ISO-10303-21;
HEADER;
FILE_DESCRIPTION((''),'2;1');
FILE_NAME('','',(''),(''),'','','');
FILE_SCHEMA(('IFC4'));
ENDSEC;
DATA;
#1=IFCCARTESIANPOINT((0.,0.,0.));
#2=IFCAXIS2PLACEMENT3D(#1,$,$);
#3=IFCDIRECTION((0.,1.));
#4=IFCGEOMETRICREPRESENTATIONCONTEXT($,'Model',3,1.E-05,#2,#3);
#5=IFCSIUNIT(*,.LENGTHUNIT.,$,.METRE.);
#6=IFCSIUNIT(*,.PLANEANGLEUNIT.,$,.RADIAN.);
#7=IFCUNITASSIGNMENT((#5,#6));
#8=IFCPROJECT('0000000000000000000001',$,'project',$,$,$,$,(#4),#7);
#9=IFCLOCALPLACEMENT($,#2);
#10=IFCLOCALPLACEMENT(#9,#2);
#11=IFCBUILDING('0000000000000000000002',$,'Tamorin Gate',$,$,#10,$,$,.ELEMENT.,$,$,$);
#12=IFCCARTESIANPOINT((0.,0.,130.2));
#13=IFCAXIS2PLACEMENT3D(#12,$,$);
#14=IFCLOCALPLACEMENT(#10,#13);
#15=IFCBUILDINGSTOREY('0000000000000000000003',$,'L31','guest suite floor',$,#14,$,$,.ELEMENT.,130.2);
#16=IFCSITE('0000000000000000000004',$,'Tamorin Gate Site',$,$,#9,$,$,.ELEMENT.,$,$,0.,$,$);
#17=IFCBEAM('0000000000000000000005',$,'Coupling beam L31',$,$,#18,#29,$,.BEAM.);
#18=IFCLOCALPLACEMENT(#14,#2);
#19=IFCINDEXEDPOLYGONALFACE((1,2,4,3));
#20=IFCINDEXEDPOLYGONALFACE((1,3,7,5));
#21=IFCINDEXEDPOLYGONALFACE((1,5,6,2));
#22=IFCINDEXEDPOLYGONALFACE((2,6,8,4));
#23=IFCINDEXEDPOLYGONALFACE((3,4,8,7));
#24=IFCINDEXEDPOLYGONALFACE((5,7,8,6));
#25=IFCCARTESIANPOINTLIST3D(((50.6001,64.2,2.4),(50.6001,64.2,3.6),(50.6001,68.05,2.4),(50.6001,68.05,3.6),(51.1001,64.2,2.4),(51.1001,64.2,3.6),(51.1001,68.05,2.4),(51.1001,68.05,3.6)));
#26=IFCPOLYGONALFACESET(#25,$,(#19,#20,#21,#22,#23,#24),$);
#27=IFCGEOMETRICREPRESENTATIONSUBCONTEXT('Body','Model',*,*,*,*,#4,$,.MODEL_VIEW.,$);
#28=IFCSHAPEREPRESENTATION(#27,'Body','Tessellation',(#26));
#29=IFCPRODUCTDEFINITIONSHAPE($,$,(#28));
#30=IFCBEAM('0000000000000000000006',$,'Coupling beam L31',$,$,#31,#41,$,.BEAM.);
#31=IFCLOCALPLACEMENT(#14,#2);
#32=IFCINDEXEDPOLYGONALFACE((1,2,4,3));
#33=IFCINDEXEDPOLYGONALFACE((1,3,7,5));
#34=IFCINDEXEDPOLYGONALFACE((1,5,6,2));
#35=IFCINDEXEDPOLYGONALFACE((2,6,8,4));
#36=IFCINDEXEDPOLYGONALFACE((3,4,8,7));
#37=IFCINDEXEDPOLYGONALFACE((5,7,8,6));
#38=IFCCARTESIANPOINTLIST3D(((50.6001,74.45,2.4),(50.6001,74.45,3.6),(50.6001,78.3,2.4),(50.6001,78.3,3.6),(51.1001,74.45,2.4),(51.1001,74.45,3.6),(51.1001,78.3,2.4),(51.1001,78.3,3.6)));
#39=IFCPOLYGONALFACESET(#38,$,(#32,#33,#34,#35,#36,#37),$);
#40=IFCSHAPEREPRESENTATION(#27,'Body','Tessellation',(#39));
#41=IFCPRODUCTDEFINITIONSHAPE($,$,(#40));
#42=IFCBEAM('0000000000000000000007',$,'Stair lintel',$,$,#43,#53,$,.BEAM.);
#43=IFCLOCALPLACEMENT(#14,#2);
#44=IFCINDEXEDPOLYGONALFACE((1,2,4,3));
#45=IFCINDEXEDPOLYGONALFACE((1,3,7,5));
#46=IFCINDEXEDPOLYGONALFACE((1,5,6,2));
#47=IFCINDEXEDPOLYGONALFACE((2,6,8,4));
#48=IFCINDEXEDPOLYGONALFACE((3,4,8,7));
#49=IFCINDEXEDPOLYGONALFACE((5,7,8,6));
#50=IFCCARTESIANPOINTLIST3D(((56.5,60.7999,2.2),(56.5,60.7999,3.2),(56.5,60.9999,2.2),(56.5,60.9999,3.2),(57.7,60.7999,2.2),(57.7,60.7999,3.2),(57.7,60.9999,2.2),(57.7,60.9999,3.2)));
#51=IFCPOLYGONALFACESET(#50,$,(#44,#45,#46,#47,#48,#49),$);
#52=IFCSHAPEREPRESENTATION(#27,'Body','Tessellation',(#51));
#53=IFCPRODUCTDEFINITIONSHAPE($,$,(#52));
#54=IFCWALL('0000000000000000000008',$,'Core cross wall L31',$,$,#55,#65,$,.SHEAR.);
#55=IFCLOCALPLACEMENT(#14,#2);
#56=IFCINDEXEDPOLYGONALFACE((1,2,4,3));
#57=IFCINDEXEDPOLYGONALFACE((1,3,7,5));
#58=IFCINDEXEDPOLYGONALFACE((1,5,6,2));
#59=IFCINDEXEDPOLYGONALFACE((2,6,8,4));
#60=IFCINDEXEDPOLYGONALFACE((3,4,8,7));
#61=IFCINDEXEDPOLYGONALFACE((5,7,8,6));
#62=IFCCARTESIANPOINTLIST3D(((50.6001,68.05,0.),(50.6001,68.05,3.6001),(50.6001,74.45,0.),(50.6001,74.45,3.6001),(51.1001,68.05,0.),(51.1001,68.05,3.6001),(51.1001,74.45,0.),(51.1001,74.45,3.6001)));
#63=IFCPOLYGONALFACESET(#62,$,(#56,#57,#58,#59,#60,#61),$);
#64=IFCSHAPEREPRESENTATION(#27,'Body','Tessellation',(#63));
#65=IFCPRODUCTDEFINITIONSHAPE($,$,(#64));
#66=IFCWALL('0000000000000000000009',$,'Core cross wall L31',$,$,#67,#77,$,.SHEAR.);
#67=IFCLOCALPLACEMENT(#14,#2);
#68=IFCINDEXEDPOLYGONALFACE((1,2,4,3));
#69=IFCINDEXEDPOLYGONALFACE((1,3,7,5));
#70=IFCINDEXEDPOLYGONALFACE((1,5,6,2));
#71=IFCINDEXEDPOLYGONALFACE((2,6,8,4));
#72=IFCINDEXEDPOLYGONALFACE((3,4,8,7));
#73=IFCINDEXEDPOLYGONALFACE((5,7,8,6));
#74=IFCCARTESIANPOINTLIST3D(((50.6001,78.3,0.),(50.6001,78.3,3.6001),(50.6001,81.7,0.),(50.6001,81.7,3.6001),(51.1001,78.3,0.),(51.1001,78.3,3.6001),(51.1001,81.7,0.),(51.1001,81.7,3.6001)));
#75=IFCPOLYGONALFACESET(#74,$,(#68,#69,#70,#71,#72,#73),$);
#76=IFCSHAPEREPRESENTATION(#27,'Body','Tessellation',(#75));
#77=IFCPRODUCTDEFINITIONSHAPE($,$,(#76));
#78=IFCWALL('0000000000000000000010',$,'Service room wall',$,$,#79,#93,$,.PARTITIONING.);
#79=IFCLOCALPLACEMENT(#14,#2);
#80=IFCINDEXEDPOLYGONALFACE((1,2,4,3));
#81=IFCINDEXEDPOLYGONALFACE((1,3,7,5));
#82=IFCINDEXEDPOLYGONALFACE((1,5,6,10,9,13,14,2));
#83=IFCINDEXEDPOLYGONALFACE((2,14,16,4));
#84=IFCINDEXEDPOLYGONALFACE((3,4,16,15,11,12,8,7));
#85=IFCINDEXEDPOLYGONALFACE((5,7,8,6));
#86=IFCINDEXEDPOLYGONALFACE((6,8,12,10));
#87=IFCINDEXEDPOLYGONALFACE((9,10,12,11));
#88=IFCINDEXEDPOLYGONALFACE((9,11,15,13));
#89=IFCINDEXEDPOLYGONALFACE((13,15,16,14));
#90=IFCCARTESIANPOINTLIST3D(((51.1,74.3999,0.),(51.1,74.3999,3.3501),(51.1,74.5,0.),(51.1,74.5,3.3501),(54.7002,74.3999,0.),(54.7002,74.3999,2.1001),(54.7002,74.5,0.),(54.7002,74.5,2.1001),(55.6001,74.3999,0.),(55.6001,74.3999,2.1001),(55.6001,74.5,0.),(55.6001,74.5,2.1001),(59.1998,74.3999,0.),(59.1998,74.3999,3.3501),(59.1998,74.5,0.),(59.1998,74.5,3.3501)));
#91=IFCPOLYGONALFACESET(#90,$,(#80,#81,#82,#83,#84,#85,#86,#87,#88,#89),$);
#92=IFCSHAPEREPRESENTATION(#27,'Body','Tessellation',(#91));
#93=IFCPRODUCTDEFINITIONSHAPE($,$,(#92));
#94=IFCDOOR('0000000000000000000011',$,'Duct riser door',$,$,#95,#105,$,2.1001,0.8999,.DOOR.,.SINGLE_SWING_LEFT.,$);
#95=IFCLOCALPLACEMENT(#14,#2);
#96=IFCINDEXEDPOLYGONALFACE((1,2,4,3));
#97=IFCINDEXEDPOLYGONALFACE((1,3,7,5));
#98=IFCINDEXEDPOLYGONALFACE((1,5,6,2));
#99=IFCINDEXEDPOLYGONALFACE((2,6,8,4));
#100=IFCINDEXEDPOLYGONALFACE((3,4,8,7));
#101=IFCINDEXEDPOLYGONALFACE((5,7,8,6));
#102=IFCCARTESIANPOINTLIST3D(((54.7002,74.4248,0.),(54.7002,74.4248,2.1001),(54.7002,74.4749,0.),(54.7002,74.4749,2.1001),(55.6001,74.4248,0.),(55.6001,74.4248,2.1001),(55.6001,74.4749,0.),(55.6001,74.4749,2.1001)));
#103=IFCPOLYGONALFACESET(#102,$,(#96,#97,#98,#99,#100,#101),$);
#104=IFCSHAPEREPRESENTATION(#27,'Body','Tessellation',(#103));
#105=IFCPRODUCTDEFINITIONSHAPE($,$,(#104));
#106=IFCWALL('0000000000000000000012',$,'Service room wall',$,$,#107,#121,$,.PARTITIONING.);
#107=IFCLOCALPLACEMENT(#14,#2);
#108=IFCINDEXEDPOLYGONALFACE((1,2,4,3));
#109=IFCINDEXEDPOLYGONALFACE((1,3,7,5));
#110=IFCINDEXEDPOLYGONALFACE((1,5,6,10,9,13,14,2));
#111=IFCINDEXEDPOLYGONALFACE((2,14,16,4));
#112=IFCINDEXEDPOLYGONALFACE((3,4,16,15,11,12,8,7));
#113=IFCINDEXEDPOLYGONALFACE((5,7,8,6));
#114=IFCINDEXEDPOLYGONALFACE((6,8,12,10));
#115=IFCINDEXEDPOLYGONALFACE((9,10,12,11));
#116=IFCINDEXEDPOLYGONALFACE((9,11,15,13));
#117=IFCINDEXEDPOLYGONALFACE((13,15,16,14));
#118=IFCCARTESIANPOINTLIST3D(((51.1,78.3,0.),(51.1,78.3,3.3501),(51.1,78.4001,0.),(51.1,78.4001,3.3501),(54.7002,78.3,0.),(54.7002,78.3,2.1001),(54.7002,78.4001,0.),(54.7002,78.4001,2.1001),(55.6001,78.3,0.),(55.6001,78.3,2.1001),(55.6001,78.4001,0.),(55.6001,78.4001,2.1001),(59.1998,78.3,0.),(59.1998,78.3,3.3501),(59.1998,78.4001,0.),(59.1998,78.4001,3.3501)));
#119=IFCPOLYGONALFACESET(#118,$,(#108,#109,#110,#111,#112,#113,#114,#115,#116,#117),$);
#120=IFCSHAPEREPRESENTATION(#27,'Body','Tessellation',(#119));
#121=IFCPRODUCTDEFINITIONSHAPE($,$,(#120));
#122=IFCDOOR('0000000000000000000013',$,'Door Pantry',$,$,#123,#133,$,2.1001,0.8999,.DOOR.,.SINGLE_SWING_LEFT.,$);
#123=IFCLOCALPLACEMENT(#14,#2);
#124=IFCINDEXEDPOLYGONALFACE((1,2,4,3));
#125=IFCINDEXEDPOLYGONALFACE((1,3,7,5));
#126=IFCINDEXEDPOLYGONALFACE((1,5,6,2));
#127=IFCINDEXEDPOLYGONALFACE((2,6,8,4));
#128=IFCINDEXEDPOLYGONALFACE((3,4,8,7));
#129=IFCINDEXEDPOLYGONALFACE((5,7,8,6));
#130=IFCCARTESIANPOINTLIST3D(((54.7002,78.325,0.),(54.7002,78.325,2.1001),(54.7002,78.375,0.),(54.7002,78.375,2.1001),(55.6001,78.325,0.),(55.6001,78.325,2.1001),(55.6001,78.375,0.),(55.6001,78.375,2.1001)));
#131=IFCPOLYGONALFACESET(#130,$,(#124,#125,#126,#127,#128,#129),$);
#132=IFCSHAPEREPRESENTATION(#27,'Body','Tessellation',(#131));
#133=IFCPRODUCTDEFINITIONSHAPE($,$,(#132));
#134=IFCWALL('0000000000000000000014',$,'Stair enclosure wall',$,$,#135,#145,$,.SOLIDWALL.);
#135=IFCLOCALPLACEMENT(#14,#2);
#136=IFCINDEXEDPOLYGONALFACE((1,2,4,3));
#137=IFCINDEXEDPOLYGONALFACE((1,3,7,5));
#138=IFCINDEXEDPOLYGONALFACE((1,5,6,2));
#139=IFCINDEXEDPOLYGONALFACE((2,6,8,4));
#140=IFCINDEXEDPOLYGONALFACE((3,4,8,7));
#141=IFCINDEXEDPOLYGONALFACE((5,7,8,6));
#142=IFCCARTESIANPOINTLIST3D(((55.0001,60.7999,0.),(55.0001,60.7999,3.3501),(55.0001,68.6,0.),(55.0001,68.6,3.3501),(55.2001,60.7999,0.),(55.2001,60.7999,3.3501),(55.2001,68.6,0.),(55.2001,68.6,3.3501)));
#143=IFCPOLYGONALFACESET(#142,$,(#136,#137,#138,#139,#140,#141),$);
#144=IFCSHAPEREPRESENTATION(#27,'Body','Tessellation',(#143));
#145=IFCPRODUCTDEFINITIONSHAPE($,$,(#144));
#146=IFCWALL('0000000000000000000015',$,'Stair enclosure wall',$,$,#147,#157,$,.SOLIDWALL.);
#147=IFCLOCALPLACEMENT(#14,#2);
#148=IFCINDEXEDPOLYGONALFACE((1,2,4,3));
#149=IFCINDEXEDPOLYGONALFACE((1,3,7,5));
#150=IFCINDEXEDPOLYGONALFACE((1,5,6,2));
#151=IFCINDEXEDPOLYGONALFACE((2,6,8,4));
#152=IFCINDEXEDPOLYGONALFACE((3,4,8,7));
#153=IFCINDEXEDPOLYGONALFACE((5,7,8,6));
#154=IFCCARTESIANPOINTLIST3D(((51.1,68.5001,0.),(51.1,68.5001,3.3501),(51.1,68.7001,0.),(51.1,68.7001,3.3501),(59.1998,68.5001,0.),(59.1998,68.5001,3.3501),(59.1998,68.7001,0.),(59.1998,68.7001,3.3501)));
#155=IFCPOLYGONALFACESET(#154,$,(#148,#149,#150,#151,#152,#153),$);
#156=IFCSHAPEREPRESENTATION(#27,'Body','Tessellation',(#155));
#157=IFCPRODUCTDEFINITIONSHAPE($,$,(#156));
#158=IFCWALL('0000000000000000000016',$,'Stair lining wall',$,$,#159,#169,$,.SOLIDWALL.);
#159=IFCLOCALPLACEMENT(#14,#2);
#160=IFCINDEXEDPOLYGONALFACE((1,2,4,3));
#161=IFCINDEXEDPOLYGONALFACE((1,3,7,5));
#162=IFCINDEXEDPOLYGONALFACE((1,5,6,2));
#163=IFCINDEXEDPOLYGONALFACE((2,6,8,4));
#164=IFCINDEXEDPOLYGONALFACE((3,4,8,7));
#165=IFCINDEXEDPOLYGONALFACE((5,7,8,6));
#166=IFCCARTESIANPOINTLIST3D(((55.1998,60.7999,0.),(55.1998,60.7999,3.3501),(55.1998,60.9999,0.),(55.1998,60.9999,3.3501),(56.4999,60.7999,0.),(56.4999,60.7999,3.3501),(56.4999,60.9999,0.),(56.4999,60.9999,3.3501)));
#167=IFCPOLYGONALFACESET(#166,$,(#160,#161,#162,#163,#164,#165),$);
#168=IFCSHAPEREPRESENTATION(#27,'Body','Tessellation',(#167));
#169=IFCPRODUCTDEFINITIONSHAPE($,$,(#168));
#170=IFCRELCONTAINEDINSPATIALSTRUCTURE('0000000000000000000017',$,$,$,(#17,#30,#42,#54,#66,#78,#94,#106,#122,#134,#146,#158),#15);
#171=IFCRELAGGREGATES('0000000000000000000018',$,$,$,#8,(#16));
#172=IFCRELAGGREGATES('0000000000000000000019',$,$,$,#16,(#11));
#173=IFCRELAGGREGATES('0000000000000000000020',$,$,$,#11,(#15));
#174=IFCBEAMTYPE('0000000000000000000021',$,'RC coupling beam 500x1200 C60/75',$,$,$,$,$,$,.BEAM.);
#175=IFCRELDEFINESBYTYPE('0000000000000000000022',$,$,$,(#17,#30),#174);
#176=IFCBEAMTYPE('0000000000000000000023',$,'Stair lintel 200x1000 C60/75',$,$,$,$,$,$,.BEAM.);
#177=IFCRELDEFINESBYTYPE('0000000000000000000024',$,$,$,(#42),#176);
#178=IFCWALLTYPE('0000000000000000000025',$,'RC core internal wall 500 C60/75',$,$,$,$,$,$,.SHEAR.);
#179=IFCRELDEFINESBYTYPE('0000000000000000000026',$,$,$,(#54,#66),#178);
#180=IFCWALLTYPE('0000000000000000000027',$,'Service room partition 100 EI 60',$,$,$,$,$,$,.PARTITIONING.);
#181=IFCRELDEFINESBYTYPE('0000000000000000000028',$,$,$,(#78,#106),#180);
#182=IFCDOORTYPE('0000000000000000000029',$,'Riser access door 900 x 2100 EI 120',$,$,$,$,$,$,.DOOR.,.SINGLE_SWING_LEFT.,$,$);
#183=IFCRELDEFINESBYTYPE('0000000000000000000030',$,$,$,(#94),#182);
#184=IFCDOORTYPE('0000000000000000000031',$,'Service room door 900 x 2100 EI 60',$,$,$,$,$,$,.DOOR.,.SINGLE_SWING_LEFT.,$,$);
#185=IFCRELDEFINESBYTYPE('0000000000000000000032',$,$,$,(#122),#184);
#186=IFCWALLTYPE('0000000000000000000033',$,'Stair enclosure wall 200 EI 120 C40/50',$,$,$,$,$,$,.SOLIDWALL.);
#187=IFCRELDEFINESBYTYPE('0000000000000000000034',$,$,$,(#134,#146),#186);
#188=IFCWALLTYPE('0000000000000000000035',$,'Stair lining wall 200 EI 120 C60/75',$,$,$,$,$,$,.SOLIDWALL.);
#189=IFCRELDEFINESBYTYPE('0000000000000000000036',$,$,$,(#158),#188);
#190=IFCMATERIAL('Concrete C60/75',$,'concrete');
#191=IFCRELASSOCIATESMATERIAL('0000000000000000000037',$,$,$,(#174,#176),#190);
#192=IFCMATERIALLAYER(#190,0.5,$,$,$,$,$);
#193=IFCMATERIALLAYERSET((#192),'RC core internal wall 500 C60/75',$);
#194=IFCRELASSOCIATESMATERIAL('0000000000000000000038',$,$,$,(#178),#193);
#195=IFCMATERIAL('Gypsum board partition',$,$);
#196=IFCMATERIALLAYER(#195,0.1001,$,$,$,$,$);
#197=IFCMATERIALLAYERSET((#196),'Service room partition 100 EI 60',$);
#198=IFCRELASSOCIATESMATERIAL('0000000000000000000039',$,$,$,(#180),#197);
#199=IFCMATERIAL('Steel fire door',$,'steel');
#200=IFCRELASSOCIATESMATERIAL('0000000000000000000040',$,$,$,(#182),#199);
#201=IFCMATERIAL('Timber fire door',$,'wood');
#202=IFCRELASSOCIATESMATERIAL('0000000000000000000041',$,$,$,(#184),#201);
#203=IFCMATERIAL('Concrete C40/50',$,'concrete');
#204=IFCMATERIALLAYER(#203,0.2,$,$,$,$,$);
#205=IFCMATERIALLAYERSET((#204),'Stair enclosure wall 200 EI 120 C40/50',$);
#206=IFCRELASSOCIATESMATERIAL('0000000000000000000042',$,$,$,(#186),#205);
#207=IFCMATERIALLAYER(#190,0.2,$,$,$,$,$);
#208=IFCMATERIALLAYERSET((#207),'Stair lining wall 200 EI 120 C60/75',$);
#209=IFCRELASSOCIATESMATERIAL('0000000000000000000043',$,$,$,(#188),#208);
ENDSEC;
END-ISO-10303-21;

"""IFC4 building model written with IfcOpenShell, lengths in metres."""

from ifc_helpers import new_model, si_unit, direction, frame, frame_2d, origin, origin_2d, place, context, subcontext, project, spatial, rectangle, extrude, material, layer, layer_set, material_profile, profile_set, type_object, element, fill, save


model = new_model("IFC4")

# Units and contexts
model_context = context("Model", 3, precision=1e-05, world=origin(), true_north=direction((0.0, 1.0)))
body_context = subcontext(model_context, "Body", "Model", "MODEL_VIEW")
ifc_project = project(units=[si_unit("LENGTHUNIT", "METRE"), si_unit("PLANEANGLEUNIT", "RADIAN")], contexts=[model_context])

# Site, building, storey
site_placement = place(None, origin())
site = spatial("IfcSite", under=ifc_project, at=site_placement, Name="Tamorin Gate Site", CompositionType="ELEMENT", RefElevation=0.0)
building_placement = place(site_placement, origin())
building = spatial("IfcBuilding", under=site, at=building_placement, Name="Tamorin Gate", CompositionType="ELEMENT")
storey_placement = place(building_placement, frame((0.0, 0.0, 130.2)))
storey = spatial("IfcBuildingStorey", under=building, at=storey_placement, Name="L31", Description="guest suite floor", CompositionType="ELEMENT", Elevation=130.2)

# Beams
ifc_material_1 = material(Name="Concrete C60/75", Category="concrete")
ifc_material_profile_1 = material_profile(ifc_material_1, rectangle(XDim=0.5, YDim=1.2, at=origin_2d()), Name="RC 500x1200")
ifc_profile_set_1 = profile_set([ifc_material_profile_1], Name="Concrete C60/75")
beam_type_1 = type_object("IfcBeamType", Name="RC coupling beam 500x1200 C60/75", PredefinedType="BEAM", material=ifc_profile_set_1)
for number, where, z_axis, x_axis, name in (
    (1, (50.8501, 64.2, 3.0), (0.0, 1.0, 0.0), (-1.0, 0.0, 0.0), "Coupling beam L31"),
    (2, (50.8501, 74.45, 3.0), (0.0, 1.0, 0.0), (-1.0, 0.0, 0.0), "Coupling beam L31"),
):
    element("IfcBeam", number, at=place(storey_placement, frame(where, z_axis=z_axis, x_axis=x_axis)), inside=storey, type_object=beam_type_1, Name=name, PredefinedType="BEAM", context=body_context, shape_type="SweptSolid", body=[
        extrude(rectangle(XDim=0.5, YDim=1.2, at=origin_2d()), origin(), (0.0, 0.0, 1.0), 3.8501),
    ])
ifc_material_profile_2 = material_profile(ifc_material_1, rectangle(XDim=0.2, YDim=1.0, at=origin_2d()))
ifc_profile_set_2 = profile_set([ifc_material_profile_2], Name="Concrete C60/75")
beam_type_2 = type_object("IfcBeamType", Name="Stair lintel 200x1000 C60/75", PredefinedType="BEAM", material=ifc_profile_set_2)
beam_placement = place(storey_placement, frame((56.5, 60.8999, 2.7), z_axis=(1.0, 0.0, 0.0), x_axis=(0.0, 1.0, 0.0)))
element("IfcBeam", 3, at=beam_placement, inside=storey, type_object=beam_type_2, Name="Stair lintel", PredefinedType="BEAM", context=body_context, shape_type="SweptSolid", body=[
    extrude(rectangle(XDim=0.2, YDim=1.0, at=origin_2d()), origin(), (0.0, 0.0, 1.0), 1.2),
])

# Walls
ifc_layer_1 = layer(ifc_material_1, 0.5)
ifc_layer_set_1 = layer_set([ifc_layer_1], Name="RC core internal wall 500 C60/75")
wall_type_1 = type_object("IfcWallType", Name="RC core internal wall 500 C60/75", PredefinedType="SHEAR", material=ifc_layer_set_1)
wall_1_placement = place(storey_placement, frame((50.8501, 68.05, 0.0), z_axis=(0.0, 0.0, 1.0), x_axis=(0.0, 1.0, 0.0)))
element("IfcWall", 4, at=wall_1_placement, inside=storey, type_object=wall_type_1, Name="Core cross wall L31", PredefinedType="SHEAR", context=body_context, shape_type="SweptSolid", body=[
    extrude(rectangle(XDim=6.3999, YDim=0.5, at=frame_2d((3.2, 0.0))), origin(), (0.0, 0.0, 1.0), 3.6001),
])
wall_2_placement = place(storey_placement, frame((50.8501, 78.3, 0.0), z_axis=(0.0, 0.0, 1.0), x_axis=(0.0, 1.0, 0.0)))
element("IfcWall", 5, at=wall_2_placement, inside=storey, type_object=wall_type_1, Name="Core cross wall L31", PredefinedType="SHEAR", context=body_context, shape_type="SweptSolid", body=[
    extrude(rectangle(XDim=3.3999, YDim=0.5, at=frame_2d((1.7, 0.0))), origin(), (0.0, 0.0, 1.0), 3.6001),
])

# Walls, openings, doors
ifc_material_2 = material(Name="Gypsum board partition")
ifc_layer_2 = layer(ifc_material_2, 0.1001)
ifc_layer_set_2 = layer_set([ifc_layer_2], Name="Service room partition 100 EI 60")
wall_type_2 = type_object("IfcWallType", Name="Service room partition 100 EI 60", PredefinedType="PARTITIONING", material=ifc_layer_set_2)
wall_3_placement = place(storey_placement, frame((51.1001, 74.45, 0.0), z_axis=(0.0, 0.0, 1.0), x_axis=(1.0, 0.0, 0.0)))
wall_3 = element("IfcWall", 6, at=wall_3_placement, inside=storey, type_object=wall_type_2, Name="Service room wall", PredefinedType="PARTITIONING", context=body_context, shape_type="SweptSolid", body=[
    extrude(rectangle(XDim=8.0999, YDim=0.1001, at=frame_2d((4.0498, 0.0))), origin(), (0.0, 0.0, 1.0), 3.3501),
])
opening_1_placement = place(wall_3_placement, frame((3.6001, 0.0, 0.0)))
opening_1 = element("IfcOpeningElement", 7, at=opening_1_placement, cuts=wall_3, PredefinedType="OPENING", context=body_context, shape_type="SweptSolid", body=[
    extrude(rectangle(XDim=0.8999, YDim=2.1001, at=frame_2d((0.45, 1.05))), frame((0.0, 0.0601, 0.0), z_axis=(0.0, -1.0, 0.0), x_axis=(1.0, 0.0, 0.0)), (0.0, 0.0, 1.0), 0.1201),
])
ifc_material_3 = material(Name="Steel fire door", Category="steel")
door_type_1 = type_object("IfcDoorType", Name="Riser access door 900 x 2100 EI 120", OperationType="SINGLE_SWING_LEFT", PredefinedType="DOOR", material=ifc_material_3)
door_1_placement = place(opening_1_placement, origin())
door_1 = element("IfcDoor", 8, at=door_1_placement, inside=storey, type_object=door_type_1, Name="Duct riser door", OperationType="SINGLE_SWING_LEFT", OverallHeight=2.1001, OverallWidth=0.8999, PredefinedType="DOOR", context=body_context, shape_type="SweptSolid", body=[
    extrude(rectangle(XDim=0.8999, YDim=2.1001, at=frame_2d((0.45, 1.05))), frame((0.0, 0.0249, 0.0), z_axis=(0.0, -1.0, 0.0), x_axis=(1.0, 0.0, 0.0)), (0.0, 0.0, 1.0), 0.05),
])
fill(opening_1, door_1)
wall_4_placement = place(storey_placement, frame((51.1001, 78.3501, 0.0), z_axis=(0.0, 0.0, 1.0), x_axis=(1.0, 0.0, 0.0)))
wall_4 = element("IfcWall", 9, at=wall_4_placement, inside=storey, type_object=wall_type_2, Name="Service room wall", PredefinedType="PARTITIONING", context=body_context, shape_type="SweptSolid", body=[
    extrude(rectangle(XDim=8.0999, YDim=0.1001, at=frame_2d((4.0498, 0.0))), origin(), (0.0, 0.0, 1.0), 3.3501),
])
opening_2_placement = place(wall_4_placement, frame((3.6001, 0.0, 0.0)))
opening_2 = element("IfcOpeningElement", 10, at=opening_2_placement, cuts=wall_4, PredefinedType="OPENING", context=body_context, shape_type="SweptSolid", body=[
    extrude(rectangle(XDim=0.8999, YDim=2.1001, at=frame_2d((0.45, 1.05))), frame((0.0, 0.0601, 0.0), z_axis=(0.0, -1.0, 0.0), x_axis=(1.0, 0.0, 0.0)), (0.0, 0.0, 1.0), 0.1201),
])
ifc_material_4 = material(Name="Timber fire door", Category="wood")
door_type_2 = type_object("IfcDoorType", Name="Service room door 900 x 2100 EI 60", OperationType="SINGLE_SWING_LEFT", PredefinedType="DOOR", material=ifc_material_4)
door_2_placement = place(opening_2_placement, origin())
door_2 = element("IfcDoor", 11, at=door_2_placement, inside=storey, type_object=door_type_2, Name="Door Pantry", OperationType="SINGLE_SWING_LEFT", OverallHeight=2.1001, OverallWidth=0.8999, PredefinedType="DOOR", context=body_context, shape_type="SweptSolid", body=[
    extrude(rectangle(XDim=0.8999, YDim=2.1001, at=frame_2d((0.45, 1.05))), frame((0.0, 0.0249, 0.0), z_axis=(0.0, -1.0, 0.0), x_axis=(1.0, 0.0, 0.0)), (0.0, 0.0, 1.0), 0.05),
])
fill(opening_2, door_2)

# Walls
ifc_material_5 = material(Name="Concrete C40/50", Category="concrete")
ifc_layer_3 = layer(ifc_material_5, 0.2)
ifc_layer_set_3 = layer_set([ifc_layer_3], Name="Stair enclosure wall 200 EI 120 C40/50")
wall_type_3 = type_object("IfcWallType", Name="Stair enclosure wall 200 EI 120 C40/50", PredefinedType="SOLIDWALL", material=ifc_layer_set_3)
wall_5_placement = place(storey_placement, frame((55.1001, 60.8, 0.0), z_axis=(0.0, 0.0, 1.0), x_axis=(0.0, 1.0, 0.0)))
element("IfcWall", 12, at=wall_5_placement, inside=storey, type_object=wall_type_3, Name="Stair enclosure wall", PredefinedType="SOLIDWALL", context=body_context, shape_type="SweptSolid", body=[
    extrude(rectangle(XDim=7.8, YDim=0.2, at=frame_2d((3.8999, 0.0))), origin(), (0.0, 0.0, 1.0), 3.3501),
])
wall_6_placement = place(storey_placement, frame((51.1001, 68.6001, 0.0), z_axis=(0.0, 0.0, 1.0), x_axis=(1.0, 0.0, 0.0)))
element("IfcWall", 13, at=wall_6_placement, inside=storey, type_object=wall_type_3, Name="Stair enclosure wall", PredefinedType="SOLIDWALL", context=body_context, shape_type="SweptSolid", body=[
    extrude(rectangle(XDim=8.0999, YDim=0.2, at=frame_2d((4.0498, 0.0))), origin(), (0.0, 0.0, 1.0), 3.3501),
])
ifc_layer_4 = layer(ifc_material_1, 0.2)
ifc_layer_set_4 = layer_set([ifc_layer_4], Name="Stair lining wall 200 EI 120 C60/75")
wall_type_4 = type_object("IfcWallType", Name="Stair lining wall 200 EI 120 C60/75", PredefinedType="SOLIDWALL", material=ifc_layer_set_4)
wall_7_placement = place(storey_placement, frame((55.2, 60.8999, 0.0), z_axis=(0.0, 0.0, 1.0), x_axis=(1.0, 0.0, 0.0)))
element("IfcWall", 14, at=wall_7_placement, inside=storey, type_object=wall_type_4, Name="Stair lining wall", PredefinedType="SOLIDWALL", context=body_context, shape_type="SweptSolid", body=[
    extrude(rectangle(XDim=1.3, YDim=0.2, at=frame_2d((0.6499, 0.0))), origin(), (0.0, 0.0, 1.0), 3.3501),
])

save(model, "model.ifc")
